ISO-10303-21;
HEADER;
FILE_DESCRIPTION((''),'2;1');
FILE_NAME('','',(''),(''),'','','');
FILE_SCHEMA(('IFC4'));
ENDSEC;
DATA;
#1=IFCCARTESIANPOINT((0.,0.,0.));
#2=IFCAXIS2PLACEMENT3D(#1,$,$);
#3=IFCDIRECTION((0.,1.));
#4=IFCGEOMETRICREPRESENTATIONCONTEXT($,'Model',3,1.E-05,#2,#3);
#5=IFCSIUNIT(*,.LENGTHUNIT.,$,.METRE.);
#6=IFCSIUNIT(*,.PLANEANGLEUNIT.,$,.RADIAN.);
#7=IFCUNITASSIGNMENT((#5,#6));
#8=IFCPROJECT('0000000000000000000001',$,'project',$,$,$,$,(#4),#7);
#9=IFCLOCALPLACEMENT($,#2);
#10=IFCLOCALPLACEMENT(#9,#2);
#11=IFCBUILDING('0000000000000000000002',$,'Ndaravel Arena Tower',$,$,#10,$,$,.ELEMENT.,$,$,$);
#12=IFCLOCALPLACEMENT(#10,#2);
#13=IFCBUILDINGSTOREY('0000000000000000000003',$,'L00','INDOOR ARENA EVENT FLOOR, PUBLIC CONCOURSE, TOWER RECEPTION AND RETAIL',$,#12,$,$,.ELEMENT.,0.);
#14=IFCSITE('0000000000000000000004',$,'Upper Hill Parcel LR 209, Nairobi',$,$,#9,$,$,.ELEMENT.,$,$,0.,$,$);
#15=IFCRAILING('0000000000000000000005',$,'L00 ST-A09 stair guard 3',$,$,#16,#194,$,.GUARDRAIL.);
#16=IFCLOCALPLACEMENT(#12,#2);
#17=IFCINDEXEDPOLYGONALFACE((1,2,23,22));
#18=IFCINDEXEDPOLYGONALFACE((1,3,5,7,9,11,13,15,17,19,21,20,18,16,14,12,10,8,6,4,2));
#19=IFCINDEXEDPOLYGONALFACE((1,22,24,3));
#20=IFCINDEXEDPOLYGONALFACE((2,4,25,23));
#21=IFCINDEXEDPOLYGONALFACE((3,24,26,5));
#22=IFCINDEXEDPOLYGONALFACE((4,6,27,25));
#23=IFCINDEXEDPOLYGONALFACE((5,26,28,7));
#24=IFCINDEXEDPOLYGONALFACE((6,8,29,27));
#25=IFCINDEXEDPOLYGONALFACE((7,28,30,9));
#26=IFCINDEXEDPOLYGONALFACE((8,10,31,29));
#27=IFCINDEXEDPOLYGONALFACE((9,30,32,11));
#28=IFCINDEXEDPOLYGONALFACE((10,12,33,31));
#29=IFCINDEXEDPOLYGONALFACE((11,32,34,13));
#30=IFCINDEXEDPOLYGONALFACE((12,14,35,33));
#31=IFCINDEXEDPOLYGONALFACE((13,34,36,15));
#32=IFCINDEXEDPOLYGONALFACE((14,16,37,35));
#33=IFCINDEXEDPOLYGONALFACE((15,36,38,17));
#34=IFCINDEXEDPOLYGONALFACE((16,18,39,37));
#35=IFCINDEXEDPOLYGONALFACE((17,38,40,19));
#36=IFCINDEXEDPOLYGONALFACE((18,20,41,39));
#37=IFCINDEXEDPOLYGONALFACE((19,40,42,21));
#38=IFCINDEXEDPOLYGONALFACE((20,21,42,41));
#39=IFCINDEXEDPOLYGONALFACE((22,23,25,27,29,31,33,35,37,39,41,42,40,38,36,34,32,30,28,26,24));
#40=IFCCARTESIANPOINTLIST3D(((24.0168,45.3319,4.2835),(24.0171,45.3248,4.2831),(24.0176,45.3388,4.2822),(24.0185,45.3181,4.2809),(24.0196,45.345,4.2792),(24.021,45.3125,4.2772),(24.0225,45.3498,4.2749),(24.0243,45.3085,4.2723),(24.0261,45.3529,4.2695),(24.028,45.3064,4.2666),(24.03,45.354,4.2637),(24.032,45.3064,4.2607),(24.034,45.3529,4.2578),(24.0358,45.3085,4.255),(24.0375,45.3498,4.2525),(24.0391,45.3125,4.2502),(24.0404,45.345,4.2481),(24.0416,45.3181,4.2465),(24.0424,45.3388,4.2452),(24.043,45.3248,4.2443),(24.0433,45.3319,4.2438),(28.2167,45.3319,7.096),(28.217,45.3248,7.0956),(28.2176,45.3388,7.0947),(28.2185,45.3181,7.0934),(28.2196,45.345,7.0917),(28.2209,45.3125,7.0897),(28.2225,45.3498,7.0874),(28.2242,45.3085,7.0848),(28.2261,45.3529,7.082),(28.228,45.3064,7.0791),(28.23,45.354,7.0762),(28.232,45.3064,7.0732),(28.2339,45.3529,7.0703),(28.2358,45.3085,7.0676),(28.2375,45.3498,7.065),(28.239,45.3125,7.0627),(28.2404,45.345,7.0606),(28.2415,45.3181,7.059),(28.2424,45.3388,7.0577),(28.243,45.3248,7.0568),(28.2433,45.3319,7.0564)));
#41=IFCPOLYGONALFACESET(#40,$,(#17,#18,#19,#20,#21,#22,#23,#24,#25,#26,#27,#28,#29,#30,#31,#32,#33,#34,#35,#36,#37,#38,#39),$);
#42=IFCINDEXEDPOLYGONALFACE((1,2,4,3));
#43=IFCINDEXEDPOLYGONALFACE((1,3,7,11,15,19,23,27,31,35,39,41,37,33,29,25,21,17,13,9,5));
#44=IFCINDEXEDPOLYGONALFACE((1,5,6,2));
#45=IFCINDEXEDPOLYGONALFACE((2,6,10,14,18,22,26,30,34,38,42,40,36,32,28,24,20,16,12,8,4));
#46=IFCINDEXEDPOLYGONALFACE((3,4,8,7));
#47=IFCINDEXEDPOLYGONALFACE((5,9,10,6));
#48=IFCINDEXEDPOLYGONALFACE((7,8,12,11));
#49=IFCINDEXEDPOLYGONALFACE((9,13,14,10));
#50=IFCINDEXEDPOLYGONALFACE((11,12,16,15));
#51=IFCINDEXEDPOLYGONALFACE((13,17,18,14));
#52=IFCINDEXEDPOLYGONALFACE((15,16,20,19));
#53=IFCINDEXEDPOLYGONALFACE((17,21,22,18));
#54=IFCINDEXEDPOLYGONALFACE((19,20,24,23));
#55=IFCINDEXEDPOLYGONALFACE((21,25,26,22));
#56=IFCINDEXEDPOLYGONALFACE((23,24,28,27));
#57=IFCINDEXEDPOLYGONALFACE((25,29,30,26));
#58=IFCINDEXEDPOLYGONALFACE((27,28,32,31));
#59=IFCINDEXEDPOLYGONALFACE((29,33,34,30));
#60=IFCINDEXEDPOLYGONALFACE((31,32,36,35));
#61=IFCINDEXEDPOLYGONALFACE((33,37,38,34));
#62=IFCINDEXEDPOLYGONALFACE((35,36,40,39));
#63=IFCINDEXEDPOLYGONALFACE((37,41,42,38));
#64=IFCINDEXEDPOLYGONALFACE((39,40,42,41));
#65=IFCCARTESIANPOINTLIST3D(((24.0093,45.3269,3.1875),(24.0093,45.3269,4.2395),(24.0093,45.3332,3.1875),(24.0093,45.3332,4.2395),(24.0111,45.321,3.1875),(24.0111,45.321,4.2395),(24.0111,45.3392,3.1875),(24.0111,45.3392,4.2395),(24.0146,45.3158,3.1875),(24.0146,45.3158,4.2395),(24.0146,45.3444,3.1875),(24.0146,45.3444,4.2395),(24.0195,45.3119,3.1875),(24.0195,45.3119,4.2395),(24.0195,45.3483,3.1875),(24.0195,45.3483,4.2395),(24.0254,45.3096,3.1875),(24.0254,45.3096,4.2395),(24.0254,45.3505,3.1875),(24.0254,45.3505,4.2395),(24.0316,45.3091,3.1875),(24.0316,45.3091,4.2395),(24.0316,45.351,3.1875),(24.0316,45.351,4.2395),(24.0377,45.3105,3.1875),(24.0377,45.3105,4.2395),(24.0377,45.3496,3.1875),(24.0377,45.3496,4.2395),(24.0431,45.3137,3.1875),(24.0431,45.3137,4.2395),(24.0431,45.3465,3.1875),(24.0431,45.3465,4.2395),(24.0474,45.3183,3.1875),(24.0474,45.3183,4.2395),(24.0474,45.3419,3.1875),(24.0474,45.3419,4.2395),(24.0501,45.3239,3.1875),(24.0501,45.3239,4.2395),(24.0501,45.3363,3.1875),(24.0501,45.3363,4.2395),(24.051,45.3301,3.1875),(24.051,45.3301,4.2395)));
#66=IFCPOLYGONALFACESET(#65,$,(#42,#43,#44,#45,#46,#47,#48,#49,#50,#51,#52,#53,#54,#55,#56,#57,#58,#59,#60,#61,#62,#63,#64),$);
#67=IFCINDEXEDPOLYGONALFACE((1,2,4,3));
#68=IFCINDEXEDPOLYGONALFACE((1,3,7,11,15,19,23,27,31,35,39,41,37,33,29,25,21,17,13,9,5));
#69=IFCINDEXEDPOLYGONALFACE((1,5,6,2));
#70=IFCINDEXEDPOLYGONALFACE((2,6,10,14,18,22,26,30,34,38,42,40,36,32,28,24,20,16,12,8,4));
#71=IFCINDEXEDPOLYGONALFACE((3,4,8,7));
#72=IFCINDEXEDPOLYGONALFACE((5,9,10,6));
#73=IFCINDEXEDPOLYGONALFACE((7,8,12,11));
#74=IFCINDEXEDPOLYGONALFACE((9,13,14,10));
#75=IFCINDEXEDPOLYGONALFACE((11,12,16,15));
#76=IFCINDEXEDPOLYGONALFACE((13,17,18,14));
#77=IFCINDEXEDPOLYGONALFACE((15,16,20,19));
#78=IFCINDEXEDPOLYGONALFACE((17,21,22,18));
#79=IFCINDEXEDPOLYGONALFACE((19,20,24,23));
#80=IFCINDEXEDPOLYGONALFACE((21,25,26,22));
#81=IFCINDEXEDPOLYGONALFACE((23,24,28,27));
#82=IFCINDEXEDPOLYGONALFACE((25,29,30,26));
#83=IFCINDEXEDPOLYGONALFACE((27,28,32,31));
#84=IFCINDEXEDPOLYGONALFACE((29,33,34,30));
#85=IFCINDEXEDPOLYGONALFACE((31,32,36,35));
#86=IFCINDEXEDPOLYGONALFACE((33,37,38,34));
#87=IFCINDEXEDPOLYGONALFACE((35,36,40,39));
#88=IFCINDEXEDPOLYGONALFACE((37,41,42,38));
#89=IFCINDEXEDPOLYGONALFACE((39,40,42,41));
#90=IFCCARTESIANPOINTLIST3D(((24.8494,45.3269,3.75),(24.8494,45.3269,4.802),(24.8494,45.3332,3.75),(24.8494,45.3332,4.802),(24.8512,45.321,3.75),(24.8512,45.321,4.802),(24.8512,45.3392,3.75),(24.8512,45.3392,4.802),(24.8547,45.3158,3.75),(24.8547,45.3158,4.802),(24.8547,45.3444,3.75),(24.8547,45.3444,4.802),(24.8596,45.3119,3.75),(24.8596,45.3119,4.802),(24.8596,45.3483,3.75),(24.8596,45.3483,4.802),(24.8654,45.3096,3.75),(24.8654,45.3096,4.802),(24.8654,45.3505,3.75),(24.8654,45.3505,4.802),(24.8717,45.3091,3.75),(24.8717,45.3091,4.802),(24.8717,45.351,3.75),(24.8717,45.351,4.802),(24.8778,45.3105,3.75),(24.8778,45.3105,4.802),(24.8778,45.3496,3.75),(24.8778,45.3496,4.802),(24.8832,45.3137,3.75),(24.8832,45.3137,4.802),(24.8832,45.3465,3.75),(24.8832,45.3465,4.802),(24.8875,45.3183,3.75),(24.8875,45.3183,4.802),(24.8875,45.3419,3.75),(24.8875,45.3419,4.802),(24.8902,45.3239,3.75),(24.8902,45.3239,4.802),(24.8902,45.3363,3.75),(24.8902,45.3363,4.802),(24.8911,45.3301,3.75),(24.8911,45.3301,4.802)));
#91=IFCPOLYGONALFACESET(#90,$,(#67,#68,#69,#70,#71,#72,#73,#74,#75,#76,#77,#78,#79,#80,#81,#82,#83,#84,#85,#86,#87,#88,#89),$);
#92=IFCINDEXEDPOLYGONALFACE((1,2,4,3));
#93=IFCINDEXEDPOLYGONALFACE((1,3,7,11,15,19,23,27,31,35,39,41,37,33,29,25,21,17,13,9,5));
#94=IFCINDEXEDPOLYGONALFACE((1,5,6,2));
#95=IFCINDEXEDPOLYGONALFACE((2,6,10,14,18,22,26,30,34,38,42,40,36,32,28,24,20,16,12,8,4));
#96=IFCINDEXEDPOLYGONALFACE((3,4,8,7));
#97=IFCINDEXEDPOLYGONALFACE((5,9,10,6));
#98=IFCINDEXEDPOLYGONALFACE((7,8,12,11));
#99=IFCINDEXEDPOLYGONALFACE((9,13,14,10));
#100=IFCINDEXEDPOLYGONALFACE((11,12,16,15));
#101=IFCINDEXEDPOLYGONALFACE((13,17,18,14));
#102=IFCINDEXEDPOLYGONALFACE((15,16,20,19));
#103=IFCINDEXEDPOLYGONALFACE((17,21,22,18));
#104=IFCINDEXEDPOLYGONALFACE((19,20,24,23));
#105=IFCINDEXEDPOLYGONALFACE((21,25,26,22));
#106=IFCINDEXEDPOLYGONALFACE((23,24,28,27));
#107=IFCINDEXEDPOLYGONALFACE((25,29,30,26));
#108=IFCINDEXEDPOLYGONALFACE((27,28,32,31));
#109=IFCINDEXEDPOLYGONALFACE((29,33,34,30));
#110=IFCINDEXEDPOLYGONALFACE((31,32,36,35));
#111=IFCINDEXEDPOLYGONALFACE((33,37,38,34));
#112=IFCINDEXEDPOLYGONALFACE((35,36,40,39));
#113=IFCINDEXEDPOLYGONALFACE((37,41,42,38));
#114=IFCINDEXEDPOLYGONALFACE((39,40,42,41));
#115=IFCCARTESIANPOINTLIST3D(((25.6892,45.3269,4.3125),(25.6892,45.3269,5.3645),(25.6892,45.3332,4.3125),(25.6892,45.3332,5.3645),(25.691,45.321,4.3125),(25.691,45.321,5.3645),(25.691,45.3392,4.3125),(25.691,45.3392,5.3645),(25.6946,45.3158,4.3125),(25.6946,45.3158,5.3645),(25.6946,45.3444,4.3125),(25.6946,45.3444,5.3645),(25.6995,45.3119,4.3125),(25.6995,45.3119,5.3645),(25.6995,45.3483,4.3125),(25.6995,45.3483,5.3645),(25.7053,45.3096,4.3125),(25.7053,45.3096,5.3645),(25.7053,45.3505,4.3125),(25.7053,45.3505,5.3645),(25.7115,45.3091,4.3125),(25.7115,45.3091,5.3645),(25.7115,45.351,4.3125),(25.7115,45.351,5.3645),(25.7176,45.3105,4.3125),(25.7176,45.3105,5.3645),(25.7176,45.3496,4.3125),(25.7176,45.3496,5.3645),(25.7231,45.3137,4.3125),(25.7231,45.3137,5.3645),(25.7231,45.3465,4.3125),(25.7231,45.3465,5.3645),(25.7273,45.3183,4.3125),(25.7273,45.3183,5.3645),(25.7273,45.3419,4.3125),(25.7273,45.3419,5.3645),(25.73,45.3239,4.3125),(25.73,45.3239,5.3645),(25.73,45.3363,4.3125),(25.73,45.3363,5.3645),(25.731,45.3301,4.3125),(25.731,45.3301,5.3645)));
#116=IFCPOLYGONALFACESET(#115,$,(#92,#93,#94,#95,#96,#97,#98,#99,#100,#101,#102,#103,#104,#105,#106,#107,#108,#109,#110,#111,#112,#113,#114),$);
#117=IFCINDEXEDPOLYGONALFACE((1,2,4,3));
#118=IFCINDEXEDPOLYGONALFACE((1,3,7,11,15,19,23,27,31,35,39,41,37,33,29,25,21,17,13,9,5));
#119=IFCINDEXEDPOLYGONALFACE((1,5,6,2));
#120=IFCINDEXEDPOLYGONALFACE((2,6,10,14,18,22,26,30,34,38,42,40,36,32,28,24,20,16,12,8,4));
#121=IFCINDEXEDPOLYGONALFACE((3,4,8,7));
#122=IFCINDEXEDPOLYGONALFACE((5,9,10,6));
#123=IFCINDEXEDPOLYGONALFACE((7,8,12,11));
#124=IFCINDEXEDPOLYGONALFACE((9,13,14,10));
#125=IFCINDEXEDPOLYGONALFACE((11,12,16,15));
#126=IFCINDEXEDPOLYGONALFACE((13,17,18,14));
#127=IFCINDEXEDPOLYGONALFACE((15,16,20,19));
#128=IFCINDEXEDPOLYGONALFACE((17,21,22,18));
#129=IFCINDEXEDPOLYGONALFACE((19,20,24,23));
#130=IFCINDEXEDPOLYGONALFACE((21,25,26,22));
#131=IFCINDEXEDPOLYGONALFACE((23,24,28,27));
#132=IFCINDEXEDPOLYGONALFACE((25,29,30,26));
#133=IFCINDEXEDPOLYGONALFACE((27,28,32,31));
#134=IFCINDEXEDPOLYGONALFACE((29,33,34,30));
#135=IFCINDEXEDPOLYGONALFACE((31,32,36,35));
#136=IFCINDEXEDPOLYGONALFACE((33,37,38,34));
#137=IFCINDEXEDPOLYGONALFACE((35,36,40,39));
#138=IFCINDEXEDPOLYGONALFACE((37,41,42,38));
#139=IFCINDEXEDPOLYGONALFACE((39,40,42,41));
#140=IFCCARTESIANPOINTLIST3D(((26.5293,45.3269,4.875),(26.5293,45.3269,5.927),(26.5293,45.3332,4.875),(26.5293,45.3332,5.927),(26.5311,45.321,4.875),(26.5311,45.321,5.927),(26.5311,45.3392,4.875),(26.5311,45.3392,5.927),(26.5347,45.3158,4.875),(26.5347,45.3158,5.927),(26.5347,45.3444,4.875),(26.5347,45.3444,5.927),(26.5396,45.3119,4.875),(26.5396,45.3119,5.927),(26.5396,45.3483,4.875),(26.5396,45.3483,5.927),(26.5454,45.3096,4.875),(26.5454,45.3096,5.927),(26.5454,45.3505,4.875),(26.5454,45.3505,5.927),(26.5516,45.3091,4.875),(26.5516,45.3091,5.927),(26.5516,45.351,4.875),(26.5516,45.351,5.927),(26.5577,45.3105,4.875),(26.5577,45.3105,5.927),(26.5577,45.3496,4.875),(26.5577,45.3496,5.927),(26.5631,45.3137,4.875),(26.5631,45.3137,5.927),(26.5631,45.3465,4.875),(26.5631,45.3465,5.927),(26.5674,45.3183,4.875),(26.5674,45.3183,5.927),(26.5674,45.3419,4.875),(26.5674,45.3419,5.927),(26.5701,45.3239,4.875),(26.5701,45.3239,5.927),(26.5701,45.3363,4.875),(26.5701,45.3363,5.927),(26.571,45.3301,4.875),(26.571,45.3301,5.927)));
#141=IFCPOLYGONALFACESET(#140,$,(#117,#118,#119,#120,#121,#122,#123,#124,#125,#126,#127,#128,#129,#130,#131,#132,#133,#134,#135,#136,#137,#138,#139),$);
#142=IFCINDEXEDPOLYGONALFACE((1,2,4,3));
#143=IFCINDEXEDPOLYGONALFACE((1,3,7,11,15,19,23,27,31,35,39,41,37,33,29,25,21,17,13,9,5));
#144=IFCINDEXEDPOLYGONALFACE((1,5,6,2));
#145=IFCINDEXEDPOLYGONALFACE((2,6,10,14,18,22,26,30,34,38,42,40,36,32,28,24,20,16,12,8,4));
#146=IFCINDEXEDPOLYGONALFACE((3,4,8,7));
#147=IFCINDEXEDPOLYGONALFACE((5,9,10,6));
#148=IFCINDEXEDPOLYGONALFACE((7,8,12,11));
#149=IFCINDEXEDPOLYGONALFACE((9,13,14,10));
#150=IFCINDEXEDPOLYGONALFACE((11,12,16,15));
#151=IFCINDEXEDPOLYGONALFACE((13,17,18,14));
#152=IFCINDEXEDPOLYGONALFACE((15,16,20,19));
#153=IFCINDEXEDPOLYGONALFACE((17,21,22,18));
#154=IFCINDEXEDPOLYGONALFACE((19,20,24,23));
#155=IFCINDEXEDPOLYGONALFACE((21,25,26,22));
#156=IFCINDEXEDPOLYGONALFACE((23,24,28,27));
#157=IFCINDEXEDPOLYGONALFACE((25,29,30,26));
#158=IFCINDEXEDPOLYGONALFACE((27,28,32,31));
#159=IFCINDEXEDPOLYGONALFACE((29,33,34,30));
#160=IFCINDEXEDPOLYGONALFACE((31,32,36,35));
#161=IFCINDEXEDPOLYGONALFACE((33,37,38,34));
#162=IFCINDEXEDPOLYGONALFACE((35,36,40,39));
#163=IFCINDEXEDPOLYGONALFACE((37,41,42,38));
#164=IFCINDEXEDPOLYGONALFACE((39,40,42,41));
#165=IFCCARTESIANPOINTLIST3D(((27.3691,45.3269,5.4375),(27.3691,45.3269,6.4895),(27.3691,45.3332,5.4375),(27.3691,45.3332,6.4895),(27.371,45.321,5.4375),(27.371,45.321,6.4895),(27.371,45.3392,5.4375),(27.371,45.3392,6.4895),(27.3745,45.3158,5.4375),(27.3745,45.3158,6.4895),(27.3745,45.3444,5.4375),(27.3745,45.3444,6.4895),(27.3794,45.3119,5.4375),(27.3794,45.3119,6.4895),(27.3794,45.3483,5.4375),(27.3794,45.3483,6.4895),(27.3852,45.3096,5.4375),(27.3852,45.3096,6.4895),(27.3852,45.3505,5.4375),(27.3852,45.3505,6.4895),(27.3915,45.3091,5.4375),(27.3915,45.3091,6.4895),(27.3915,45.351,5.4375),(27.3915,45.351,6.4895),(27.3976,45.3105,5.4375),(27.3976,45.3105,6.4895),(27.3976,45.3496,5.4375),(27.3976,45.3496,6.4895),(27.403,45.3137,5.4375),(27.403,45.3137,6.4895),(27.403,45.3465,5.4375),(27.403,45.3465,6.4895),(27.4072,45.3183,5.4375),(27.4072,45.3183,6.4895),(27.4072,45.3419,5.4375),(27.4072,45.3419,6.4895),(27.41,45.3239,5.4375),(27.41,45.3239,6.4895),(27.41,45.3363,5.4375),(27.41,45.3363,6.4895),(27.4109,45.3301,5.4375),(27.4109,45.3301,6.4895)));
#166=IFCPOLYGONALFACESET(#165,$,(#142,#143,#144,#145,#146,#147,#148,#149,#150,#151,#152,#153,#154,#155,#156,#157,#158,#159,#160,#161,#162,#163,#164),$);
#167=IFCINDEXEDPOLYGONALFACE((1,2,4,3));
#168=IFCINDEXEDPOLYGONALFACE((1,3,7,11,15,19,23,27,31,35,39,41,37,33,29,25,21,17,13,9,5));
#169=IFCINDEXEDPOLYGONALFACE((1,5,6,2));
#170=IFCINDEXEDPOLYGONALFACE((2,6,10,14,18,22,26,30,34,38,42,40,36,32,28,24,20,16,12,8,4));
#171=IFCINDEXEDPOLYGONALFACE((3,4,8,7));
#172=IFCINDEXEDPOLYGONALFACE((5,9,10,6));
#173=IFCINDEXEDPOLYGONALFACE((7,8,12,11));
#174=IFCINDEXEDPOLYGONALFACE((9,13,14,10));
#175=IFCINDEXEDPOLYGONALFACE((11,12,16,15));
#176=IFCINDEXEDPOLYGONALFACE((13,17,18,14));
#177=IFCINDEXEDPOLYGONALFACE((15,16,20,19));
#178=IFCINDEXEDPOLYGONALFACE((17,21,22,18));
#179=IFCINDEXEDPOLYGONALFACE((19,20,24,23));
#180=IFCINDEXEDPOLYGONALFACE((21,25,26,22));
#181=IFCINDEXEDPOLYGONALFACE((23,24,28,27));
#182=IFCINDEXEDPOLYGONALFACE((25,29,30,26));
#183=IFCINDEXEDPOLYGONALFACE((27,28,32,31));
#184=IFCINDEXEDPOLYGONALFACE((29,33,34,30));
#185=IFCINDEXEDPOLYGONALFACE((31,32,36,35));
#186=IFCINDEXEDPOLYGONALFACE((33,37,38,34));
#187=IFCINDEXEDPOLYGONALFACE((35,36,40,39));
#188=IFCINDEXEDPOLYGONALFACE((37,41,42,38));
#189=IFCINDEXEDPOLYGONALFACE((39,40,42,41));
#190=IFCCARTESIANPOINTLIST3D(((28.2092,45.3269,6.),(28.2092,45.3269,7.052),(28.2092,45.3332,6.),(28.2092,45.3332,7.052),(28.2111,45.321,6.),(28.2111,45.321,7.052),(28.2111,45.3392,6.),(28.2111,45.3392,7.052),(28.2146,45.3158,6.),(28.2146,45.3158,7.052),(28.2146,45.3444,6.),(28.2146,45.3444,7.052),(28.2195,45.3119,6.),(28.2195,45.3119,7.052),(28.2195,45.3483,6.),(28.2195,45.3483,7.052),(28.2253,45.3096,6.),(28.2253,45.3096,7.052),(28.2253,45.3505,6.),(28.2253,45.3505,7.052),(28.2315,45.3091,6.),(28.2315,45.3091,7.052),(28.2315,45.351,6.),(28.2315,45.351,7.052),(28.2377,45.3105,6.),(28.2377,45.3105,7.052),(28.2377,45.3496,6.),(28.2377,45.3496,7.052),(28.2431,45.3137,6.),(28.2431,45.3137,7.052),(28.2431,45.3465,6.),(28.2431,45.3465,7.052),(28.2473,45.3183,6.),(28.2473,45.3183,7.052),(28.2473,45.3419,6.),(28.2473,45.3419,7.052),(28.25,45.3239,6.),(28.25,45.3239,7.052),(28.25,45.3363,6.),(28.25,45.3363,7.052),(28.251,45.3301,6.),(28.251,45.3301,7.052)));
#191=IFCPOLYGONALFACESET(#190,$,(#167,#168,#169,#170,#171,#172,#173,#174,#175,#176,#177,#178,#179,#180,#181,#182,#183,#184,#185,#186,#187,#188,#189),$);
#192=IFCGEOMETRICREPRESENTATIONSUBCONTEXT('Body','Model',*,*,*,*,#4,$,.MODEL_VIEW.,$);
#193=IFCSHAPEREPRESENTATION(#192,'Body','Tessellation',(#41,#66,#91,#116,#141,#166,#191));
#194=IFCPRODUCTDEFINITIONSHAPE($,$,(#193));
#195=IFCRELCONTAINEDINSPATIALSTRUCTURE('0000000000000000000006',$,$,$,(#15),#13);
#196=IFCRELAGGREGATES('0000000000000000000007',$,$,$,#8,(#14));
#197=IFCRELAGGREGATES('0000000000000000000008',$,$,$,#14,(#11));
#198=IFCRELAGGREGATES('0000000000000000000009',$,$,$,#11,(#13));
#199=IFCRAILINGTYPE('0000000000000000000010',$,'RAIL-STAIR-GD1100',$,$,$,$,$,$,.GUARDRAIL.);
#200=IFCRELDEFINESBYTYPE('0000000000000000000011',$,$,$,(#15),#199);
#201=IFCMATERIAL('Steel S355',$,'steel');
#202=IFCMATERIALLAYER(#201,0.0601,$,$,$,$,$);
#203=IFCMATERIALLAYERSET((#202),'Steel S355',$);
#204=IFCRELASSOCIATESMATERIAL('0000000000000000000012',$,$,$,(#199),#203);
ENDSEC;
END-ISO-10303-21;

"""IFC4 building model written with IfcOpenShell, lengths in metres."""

from ifc_helpers import new_model, si_unit, direction, frame, origin, origin_2d, place, context, subcontext, project, spatial, circle, extrude, material, layer, layer_set, type_object, element, save


model = new_model("IFC4")

# Units and contexts
model_context = context("Model", 3, precision=1e-05, world=origin(), true_north=direction((0.0, 1.0)))
body_context = subcontext(model_context, "Body", "Model", "MODEL_VIEW")
ifc_project = project(units=[si_unit("LENGTHUNIT", "METRE"), si_unit("PLANEANGLEUNIT", "RADIAN")], contexts=[model_context])

# Site, building, storey
site_placement = place(None, origin())
site = spatial("IfcSite", under=ifc_project, at=site_placement, Name="Upper Hill Parcel LR 209, Nairobi", CompositionType="ELEMENT", RefElevation=0.0)
building_placement = place(site_placement, origin())
building = spatial("IfcBuilding", under=site, at=building_placement, Name="Ndaravel Arena Tower", CompositionType="ELEMENT")
storey_placement = place(building_placement, origin())
storey = spatial("IfcBuildingStorey", under=building, at=storey_placement, Name="L00", Description="INDOOR ARENA EVENT FLOOR, PUBLIC CONCOURSE, TOWER RECEPTION AND RETAIL", CompositionType="ELEMENT", Elevation=0.0)

# Railing
ifc_material_1 = material(Name="Steel S355", Category="steel")
ifc_layer_1 = layer(ifc_material_1, 0.0601)
ifc_layer_set_1 = layer_set([ifc_layer_1], Name="Steel S355")
railing_type_1 = type_object("IfcRailingType", Name="RAIL-STAIR-GD1100", PredefinedType="GUARDRAIL", material=ifc_layer_set_1)
railing_1_placement = place(storey_placement, frame((24.03, 45.3301, 3.1875)))
element("IfcRailing", 1, at=railing_1_placement, inside=storey, type_object=railing_type_1, Name="L00 ST-A09 stair guard 3", PredefinedType="GUARDRAIL", context=body_context, shape_type="SweptSolid", body=[
    extrude(circle(Radius=0.0239, at=origin_2d()), frame((0.0, 0.0, 1.0762), z_axis=(0.830904, 0.0, 0.556416), x_axis=(0.0, 1.0, 0.0)), (0.0, 0.0, 1.0), 5.0547),
    extrude(circle(Radius=0.021, at=origin_2d()), origin(), (0.0, 0.0, 1.0), 1.052),
    extrude(circle(Radius=0.021, at=origin_2d()), frame((0.8401, 0.0, 0.5625)), (0.0, 0.0, 1.0), 1.052),
    extrude(circle(Radius=0.021, at=origin_2d()), frame((1.6799, 0.0, 1.125)), (0.0, 0.0, 1.0), 1.052),
    extrude(circle(Radius=0.021, at=origin_2d()), frame((2.52, 0.0, 1.6875)), (0.0, 0.0, 1.0), 1.052),
    extrude(circle(Radius=0.021, at=origin_2d()), frame((3.3599, 0.0, 2.25)), (0.0, 0.0, 1.0), 1.052),
    extrude(circle(Radius=0.021, at=origin_2d()), frame((4.2, 0.0, 2.8125)), (0.0, 0.0, 1.0), 1.052),
])

save(model, "model.ifc")
